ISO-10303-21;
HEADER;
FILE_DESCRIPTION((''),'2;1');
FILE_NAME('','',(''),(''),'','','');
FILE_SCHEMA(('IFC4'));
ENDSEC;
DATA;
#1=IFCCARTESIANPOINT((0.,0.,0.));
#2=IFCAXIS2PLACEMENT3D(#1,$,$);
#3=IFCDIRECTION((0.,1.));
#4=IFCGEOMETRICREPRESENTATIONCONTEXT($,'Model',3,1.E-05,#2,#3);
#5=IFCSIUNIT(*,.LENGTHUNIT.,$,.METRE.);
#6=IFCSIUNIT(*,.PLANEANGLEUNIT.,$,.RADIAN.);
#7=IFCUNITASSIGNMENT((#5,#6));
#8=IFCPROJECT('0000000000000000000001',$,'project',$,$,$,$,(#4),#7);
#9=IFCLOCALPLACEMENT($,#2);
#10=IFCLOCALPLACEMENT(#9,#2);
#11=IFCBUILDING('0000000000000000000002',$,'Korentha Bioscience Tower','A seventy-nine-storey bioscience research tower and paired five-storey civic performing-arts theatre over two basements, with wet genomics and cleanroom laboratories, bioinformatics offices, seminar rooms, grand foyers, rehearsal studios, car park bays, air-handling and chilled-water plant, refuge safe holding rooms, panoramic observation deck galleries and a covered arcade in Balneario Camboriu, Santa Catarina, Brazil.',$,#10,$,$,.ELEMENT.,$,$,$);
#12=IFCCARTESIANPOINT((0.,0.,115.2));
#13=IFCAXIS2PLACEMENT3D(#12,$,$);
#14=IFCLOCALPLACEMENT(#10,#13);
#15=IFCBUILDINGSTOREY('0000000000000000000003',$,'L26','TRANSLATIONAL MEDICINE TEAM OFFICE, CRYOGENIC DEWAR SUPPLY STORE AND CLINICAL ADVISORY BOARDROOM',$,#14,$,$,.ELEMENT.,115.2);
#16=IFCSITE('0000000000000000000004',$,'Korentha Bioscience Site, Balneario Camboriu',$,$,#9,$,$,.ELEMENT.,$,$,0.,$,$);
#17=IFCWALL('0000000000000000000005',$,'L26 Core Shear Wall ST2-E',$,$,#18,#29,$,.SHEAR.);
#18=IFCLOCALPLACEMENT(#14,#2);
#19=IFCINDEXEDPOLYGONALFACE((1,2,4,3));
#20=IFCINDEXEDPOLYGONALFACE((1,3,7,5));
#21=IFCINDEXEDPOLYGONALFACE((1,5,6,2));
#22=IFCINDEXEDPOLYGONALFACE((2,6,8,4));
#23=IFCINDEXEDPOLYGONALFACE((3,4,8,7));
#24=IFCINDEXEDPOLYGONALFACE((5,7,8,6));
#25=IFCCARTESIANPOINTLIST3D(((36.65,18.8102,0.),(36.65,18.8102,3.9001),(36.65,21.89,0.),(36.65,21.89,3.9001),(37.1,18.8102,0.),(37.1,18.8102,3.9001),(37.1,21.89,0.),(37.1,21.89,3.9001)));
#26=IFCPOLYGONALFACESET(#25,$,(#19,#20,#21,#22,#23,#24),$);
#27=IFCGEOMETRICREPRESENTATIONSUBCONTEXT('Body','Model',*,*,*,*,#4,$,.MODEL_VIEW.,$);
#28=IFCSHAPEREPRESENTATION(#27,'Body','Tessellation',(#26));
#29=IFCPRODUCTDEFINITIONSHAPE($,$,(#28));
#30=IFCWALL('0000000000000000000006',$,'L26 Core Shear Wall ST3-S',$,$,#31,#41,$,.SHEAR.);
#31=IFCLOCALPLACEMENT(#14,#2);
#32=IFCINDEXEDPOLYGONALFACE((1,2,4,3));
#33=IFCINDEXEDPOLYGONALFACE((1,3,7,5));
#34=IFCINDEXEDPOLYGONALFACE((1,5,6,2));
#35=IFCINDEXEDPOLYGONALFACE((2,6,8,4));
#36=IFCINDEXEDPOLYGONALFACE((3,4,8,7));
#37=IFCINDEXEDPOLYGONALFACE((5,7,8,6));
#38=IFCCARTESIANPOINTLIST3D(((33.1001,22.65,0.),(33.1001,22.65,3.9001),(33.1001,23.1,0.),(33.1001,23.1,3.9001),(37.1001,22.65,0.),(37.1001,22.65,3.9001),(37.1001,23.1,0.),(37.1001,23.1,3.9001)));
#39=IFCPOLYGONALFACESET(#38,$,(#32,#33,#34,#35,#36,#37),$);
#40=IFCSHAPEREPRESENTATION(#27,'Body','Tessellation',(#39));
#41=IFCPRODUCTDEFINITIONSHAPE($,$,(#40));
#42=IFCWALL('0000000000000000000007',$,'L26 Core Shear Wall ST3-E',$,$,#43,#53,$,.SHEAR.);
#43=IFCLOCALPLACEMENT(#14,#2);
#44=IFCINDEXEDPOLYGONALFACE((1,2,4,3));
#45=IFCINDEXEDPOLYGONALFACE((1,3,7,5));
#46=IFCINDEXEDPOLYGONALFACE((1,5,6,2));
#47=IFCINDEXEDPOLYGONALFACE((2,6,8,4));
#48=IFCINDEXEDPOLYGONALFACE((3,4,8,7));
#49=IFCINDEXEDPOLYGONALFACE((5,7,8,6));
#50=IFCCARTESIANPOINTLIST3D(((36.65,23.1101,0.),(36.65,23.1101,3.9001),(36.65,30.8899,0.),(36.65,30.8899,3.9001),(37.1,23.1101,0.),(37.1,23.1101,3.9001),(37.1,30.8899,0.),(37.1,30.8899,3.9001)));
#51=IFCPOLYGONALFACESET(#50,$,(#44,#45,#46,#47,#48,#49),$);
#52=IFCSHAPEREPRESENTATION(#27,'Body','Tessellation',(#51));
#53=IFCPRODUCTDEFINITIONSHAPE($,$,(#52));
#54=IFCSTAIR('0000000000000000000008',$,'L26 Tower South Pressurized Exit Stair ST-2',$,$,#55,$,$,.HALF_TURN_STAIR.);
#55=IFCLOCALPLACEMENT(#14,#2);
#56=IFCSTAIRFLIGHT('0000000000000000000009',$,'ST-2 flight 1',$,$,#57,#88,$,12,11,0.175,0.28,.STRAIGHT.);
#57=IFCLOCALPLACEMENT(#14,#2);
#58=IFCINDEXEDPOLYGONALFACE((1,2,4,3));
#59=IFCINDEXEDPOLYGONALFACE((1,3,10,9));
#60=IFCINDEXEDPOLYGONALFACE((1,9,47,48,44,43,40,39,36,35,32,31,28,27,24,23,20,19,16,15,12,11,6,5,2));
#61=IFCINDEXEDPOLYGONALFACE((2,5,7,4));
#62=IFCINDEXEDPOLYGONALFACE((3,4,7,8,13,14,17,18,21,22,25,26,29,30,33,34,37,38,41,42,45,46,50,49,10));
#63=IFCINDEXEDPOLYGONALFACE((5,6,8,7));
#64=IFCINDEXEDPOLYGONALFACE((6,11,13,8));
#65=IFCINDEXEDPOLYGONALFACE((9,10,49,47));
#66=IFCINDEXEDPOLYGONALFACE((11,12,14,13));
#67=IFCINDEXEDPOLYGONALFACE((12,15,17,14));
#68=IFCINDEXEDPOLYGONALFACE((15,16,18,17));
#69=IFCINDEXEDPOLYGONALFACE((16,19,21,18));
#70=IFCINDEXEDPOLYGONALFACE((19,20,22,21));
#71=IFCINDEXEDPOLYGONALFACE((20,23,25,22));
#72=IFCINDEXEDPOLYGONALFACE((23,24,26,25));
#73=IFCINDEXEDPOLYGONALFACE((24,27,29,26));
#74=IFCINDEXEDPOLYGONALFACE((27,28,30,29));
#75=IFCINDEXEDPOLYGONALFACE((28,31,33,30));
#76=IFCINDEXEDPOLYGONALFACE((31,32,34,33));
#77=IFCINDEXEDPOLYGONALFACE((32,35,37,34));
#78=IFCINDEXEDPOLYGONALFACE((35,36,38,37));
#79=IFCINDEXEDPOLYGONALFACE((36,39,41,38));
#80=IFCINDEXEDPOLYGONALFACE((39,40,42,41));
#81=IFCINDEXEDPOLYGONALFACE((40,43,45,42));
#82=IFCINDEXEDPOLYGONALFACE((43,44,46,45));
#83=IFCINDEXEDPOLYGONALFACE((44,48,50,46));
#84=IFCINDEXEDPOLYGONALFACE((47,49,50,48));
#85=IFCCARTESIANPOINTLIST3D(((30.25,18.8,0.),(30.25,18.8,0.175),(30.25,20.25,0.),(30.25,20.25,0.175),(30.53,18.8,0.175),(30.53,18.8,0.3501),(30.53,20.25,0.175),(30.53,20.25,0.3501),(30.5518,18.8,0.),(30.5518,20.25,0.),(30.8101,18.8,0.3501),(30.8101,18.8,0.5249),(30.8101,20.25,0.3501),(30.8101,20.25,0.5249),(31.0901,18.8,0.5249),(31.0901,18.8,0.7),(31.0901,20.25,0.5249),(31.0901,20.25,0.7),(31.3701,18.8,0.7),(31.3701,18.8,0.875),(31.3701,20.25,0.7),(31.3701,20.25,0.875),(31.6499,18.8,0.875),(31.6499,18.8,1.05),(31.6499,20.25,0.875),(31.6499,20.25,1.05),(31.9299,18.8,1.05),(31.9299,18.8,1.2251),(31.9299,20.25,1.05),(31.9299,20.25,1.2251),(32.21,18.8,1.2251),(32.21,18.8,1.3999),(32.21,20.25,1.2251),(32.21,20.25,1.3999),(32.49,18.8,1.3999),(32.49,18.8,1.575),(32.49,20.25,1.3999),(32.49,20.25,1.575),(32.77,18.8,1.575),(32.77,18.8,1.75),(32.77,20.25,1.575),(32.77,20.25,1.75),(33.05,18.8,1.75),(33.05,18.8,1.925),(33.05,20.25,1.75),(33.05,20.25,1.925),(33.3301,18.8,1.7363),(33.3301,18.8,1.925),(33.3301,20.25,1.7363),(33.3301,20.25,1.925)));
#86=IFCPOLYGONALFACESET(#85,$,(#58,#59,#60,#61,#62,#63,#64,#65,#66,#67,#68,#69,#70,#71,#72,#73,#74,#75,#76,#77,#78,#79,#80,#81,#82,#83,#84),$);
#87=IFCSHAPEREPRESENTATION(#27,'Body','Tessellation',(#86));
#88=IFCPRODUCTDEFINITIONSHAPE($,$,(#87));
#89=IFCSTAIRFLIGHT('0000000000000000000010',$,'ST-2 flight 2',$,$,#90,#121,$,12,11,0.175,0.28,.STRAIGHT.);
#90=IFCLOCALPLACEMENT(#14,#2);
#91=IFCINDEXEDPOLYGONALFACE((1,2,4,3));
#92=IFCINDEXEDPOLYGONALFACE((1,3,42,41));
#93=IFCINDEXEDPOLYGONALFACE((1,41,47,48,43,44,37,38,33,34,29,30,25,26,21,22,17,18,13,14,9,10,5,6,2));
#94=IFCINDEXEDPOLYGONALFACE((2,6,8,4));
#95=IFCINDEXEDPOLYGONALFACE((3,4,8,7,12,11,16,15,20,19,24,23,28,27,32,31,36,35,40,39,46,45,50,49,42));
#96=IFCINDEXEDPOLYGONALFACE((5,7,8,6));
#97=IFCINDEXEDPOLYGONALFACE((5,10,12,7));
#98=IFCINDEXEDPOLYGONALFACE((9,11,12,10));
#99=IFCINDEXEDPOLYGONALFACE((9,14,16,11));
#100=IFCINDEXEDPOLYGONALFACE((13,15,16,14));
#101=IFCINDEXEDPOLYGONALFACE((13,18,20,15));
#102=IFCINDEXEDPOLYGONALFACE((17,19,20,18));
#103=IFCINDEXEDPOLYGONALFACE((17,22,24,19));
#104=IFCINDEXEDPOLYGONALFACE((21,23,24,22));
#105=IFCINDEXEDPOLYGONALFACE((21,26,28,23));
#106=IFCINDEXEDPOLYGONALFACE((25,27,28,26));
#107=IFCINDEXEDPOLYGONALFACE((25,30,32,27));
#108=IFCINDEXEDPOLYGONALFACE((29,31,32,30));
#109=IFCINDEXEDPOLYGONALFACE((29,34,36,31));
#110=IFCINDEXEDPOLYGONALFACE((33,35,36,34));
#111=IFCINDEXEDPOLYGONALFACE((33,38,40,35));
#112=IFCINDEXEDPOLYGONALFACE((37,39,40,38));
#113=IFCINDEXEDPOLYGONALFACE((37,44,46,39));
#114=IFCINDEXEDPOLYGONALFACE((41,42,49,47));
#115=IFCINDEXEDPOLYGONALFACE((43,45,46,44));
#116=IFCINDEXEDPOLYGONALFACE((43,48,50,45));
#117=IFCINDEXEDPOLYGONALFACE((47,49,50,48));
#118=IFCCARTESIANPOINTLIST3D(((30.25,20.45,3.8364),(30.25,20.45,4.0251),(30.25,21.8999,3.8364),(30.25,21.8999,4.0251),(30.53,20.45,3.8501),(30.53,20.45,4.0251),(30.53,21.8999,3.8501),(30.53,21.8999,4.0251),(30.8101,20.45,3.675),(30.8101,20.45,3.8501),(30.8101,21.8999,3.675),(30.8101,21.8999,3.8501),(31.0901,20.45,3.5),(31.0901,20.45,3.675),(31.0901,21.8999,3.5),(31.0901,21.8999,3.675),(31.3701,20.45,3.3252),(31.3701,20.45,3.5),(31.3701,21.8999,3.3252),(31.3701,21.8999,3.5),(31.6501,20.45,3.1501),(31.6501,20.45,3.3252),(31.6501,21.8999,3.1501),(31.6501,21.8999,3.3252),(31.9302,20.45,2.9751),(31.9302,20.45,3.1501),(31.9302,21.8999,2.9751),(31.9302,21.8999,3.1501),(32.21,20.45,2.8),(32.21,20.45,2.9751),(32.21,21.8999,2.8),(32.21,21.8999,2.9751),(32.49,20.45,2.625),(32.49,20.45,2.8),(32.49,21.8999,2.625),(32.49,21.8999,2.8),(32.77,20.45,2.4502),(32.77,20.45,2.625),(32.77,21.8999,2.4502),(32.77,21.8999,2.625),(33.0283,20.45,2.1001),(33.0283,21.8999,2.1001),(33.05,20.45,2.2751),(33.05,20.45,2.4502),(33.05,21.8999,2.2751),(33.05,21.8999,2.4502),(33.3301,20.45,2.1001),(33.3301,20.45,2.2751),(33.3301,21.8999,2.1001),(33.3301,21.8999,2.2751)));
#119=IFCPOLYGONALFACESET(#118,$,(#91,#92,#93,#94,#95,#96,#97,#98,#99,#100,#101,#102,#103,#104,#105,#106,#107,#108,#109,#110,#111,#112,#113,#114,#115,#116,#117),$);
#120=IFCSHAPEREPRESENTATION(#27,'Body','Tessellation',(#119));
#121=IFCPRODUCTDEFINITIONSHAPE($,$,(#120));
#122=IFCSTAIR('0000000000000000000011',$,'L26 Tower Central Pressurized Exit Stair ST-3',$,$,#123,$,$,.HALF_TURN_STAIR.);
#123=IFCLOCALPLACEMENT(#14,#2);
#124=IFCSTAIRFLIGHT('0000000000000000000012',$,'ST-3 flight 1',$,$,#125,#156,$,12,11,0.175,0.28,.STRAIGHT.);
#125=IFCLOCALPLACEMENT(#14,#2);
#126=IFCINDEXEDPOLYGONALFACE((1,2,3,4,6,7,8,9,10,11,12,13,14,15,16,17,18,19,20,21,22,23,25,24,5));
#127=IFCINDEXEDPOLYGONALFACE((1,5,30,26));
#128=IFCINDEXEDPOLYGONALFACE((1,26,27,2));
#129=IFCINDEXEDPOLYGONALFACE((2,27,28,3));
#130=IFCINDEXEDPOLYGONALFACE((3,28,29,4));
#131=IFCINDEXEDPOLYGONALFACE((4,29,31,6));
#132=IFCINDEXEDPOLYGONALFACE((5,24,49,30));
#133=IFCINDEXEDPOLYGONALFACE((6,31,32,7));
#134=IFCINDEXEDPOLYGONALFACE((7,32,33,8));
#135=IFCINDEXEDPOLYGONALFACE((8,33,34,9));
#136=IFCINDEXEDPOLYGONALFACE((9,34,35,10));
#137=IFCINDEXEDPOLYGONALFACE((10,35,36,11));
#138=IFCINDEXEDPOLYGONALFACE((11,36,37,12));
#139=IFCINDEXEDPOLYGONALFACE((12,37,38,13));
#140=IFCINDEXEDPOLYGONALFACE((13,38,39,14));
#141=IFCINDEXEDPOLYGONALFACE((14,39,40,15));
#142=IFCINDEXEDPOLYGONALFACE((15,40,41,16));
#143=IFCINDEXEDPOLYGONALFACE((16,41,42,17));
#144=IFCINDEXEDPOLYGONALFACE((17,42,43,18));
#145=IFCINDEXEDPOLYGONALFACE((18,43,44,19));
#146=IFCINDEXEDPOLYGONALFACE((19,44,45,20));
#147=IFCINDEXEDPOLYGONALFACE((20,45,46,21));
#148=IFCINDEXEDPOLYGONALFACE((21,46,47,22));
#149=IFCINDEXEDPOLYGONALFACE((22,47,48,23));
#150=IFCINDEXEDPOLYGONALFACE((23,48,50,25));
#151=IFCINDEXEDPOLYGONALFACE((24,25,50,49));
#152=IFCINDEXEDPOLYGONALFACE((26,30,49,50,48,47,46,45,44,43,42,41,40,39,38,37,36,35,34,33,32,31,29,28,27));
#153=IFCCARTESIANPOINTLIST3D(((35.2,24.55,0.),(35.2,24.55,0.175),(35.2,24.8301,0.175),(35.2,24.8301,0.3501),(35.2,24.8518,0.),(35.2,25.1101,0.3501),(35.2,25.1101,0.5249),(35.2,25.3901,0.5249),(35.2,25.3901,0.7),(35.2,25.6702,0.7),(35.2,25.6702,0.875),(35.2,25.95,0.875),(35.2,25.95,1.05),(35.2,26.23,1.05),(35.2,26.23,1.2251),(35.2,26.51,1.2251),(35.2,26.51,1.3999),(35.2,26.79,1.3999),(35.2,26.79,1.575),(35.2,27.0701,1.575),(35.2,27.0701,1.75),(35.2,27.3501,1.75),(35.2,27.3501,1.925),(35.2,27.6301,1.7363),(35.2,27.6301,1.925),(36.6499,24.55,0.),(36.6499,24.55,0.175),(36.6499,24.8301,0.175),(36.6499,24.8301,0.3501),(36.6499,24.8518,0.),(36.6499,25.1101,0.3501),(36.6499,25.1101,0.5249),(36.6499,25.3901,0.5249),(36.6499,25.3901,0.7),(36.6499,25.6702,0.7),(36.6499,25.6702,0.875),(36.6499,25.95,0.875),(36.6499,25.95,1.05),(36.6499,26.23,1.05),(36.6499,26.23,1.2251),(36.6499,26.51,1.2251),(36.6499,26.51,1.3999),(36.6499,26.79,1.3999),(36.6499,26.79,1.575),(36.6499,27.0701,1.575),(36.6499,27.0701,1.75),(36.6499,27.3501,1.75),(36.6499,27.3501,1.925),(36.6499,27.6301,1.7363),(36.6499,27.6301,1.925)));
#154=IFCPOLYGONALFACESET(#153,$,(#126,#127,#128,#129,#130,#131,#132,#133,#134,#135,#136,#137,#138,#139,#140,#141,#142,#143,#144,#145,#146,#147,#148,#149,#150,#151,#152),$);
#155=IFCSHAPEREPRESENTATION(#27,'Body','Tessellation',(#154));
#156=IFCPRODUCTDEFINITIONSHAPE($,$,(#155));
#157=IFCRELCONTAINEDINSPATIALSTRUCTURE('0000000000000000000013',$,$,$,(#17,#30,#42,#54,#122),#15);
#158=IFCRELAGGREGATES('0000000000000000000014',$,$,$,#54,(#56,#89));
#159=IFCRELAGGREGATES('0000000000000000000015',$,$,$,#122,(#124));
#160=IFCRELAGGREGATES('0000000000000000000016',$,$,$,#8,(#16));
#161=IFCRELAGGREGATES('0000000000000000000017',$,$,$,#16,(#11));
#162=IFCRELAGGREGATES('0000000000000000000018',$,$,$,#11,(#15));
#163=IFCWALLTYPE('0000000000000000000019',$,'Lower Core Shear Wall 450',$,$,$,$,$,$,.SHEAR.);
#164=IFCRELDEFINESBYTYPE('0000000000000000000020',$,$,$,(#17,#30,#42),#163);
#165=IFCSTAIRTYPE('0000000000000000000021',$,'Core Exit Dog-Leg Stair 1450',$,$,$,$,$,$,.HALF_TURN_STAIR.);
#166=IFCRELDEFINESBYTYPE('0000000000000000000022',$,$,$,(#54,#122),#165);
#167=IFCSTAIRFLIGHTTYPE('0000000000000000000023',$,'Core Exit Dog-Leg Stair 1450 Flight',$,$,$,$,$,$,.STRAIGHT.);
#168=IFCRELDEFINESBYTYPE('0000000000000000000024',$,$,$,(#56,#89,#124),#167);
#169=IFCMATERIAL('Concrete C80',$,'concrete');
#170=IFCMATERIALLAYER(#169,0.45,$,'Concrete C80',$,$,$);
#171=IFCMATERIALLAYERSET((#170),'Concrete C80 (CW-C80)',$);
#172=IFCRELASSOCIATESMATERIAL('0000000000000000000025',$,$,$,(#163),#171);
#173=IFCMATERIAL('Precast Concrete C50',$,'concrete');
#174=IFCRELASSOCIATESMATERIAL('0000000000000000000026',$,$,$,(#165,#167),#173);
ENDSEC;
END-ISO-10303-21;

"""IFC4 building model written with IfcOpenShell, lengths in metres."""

from ifc_helpers import new_model, si_unit, direction, frame, frame_2d, origin, place, context, subcontext, project, spatial, polyline, rectangle, outline, extrude, material, layer, layer_set, type_object, element, aggregate, save


model = new_model("IFC4")

# Units and contexts
model_context = context("Model", 3, precision=1e-05, world=origin(), true_north=direction((0.0, 1.0)))
body_context = subcontext(model_context, "Body", "Model", "MODEL_VIEW")
ifc_project = project(units=[si_unit("LENGTHUNIT", "METRE"), si_unit("PLANEANGLEUNIT", "RADIAN")], contexts=[model_context])

# Site, building, storey
site_placement = place(None, origin())
site = spatial("IfcSite", under=ifc_project, at=site_placement, Name="Korentha Bioscience Site, Balneario Camboriu", CompositionType="ELEMENT", RefElevation=0.0)
building_placement = place(site_placement, origin())
building = spatial("IfcBuilding", under=site, at=building_placement, Name="Korentha Bioscience Tower", Description="A seventy-nine-storey bioscience research tower and paired five-storey civic performing-arts theatre over two basements, with wet genomics and cleanroom laboratories, bioinformatics offices, seminar rooms, grand foyers, rehearsal studios, car park bays, air-handling and chilled-water plant, refuge safe holding rooms, panoramic observation deck galleries and a covered arcade in Balneario Camboriu, Santa Catarina, Brazil.", CompositionType="ELEMENT")
storey_placement = place(building_placement, frame((0.0, 0.0, 115.2)))
storey = spatial("IfcBuildingStorey", under=building, at=storey_placement, Name="L26", Description="TRANSLATIONAL MEDICINE TEAM OFFICE, CRYOGENIC DEWAR SUPPLY STORE AND CLINICAL ADVISORY BOARDROOM", CompositionType="ELEMENT", Elevation=115.2)

# Walls
ifc_material_1 = material(Name="Concrete C80", Category="concrete")
ifc_layer_1 = layer(ifc_material_1, 0.45, Name="Concrete C80")
ifc_layer_set_1 = layer_set([ifc_layer_1], Name="Concrete C80 (CW-C80)")
wall_type_1 = type_object("IfcWallType", Name="Lower Core Shear Wall 450", PredefinedType="SHEAR", material=ifc_layer_set_1)
wall_1_placement = place(storey_placement, frame((36.875, 18.8101, 0.0), z_axis=(0.0, 0.0, 1.0), x_axis=(0.0, 1.0, 0.0)))
element("IfcWall", 1, at=wall_1_placement, inside=storey, type_object=wall_type_1, Name="L26 Core Shear Wall ST2-E", PredefinedType="SHEAR", context=body_context, shape_type="SweptSolid", body=[
    extrude(rectangle(XDim=3.0798, YDim=0.45, at=frame_2d((1.54, 0.0))), origin(), (0.0, 0.0, 1.0), 3.9001),
])
wall_2_placement = place(storey_placement, frame((33.1001, 22.875, 0.0), z_axis=(0.0, 0.0, 1.0), x_axis=(1.0, 0.0, 0.0)))
element("IfcWall", 2, at=wall_2_placement, inside=storey, type_object=wall_type_1, Name="L26 Core Shear Wall ST3-S", PredefinedType="SHEAR", context=body_context, shape_type="SweptSolid", body=[
    extrude(rectangle(XDim=4.0, YDim=0.45, at=frame_2d((2.0, 0.0))), origin(), (0.0, 0.0, 1.0), 3.9001),
])
wall_3_placement = place(storey_placement, frame((36.875, 23.1101, 0.0), z_axis=(0.0, 0.0, 1.0), x_axis=(0.0, 1.0, 0.0)))
element("IfcWall", 3, at=wall_3_placement, inside=storey, type_object=wall_type_1, Name="L26 Core Shear Wall ST3-E", PredefinedType="SHEAR", context=body_context, shape_type="SweptSolid", body=[
    extrude(rectangle(XDim=7.7798, YDim=0.45, at=frame_2d((3.8899, 0.0))), origin(), (0.0, 0.0, 1.0), 3.9001),
])

# Stair, stair flights
ifc_material_2 = material(Name="Precast Concrete C50", Category="concrete")
stair_type = type_object("IfcStairType", Name="Core Exit Dog-Leg Stair 1450", PredefinedType="HALF_TURN_STAIR", material=ifc_material_2)
stair_1_placement = place(storey_placement, origin())
stair_1 = element("IfcStair", 4, at=stair_1_placement, inside=storey, type_object=stair_type, Name="L26 Tower South Pressurized Exit Stair ST-2", PredefinedType="HALF_TURN_STAIR")
stair_flight_type = type_object("IfcStairFlightType", Name="Core Exit Dog-Leg Stair 1450 Flight", PredefinedType="STRAIGHT", material=ifc_material_2)
stair_flight_1_placement = place(storey_placement, frame((30.25, 19.5249, 0.0), z_axis=(0.0, 0.0, 1.0), x_axis=(1.0, 0.0, 0.0)))
stair_flight_1 = element("IfcStairFlight", 5, at=stair_flight_1_placement, type_object=stair_flight_type, Name="ST-2 flight 1", NumberOfRisers=12, NumberOfTreads=11, PredefinedType="STRAIGHT", RiserHeight=0.175, TreadLength=0.28, context=body_context, shape_type="SweptSolid", body=[
    extrude(outline(polyline([(0.0, 0.0), (0.0, 0.175), (0.28, 0.175), (0.28, 0.3501), (0.5601, 0.3501), (0.5601, 0.5249), (0.8401, 0.5249), (0.8401, 0.7), (1.1201, 0.7), (1.1201, 0.875), (1.3999, 0.875), (1.3999, 1.05), (1.6799, 1.05), (1.6799, 1.2251), (1.96, 1.2251), (1.96, 1.3999), (2.24, 1.3999), (2.24, 1.575), (2.52, 1.575), (2.52, 1.75), (2.8, 1.75), (2.8, 1.925), (3.0801, 1.925), (3.0801, 2.1001), (3.0801, 1.7363), (0.3018, 0.0), (0.0, 0.0)])), frame((0.0, 0.7251, 0.0), z_axis=(0.0, -1.0, 0.0), x_axis=(1.0, 0.0, 0.0)), (0.0, 0.0, 1.0), 1.45),
])
stair_flight_2_placement = place(storey_placement, frame((33.3301, 21.175, 2.1001), z_axis=(0.0, 0.0, 1.0), x_axis=(-1.0, 0.0, 0.0)))
stair_flight_2 = element("IfcStairFlight", 6, at=stair_flight_2_placement, type_object=stair_flight_type, Name="ST-2 flight 2", NumberOfRisers=12, NumberOfTreads=11, PredefinedType="STRAIGHT", RiserHeight=0.175, TreadLength=0.28, context=body_context, shape_type="SweptSolid", body=[
    extrude(outline(polyline([(0.0, 0.0), (0.0, 0.175), (0.28, 0.175), (0.28, 0.3501), (0.5601, 0.3501), (0.5601, 0.5249), (0.8401, 0.5249), (0.8401, 0.7), (1.1201, 0.7), (1.1201, 0.875), (1.3999, 0.875), (1.3999, 1.05), (1.6799, 1.05), (1.6799, 1.2251), (1.96, 1.2251), (1.96, 1.3999), (2.24, 1.3999), (2.24, 1.575), (2.52, 1.575), (2.52, 1.75), (2.8, 1.75), (2.8, 1.925), (3.0801, 1.925), (3.0801, 2.1001), (3.0801, 1.7363), (0.3018, 0.0), (0.0, 0.0)])), frame((0.0, 0.7251, 0.0), z_axis=(0.0, -1.0, 0.0), x_axis=(1.0, 0.0, 0.0)), (0.0, 0.0, 1.0), 1.45),
])
aggregate(stair_1, [stair_flight_1, stair_flight_2])

# Stair, stair flight
stair_2_placement = place(storey_placement, origin())
stair_2 = element("IfcStair", 7, at=stair_2_placement, inside=storey, type_object=stair_type, Name="L26 Tower Central Pressurized Exit Stair ST-3", PredefinedType="HALF_TURN_STAIR")
stair_flight_3_placement = place(storey_placement, frame((35.925, 24.55, 0.0), z_axis=(0.0, 0.0, 1.0), x_axis=(0.0, 1.0, 0.0)))
stair_flight_3 = element("IfcStairFlight", 8, at=stair_flight_3_placement, type_object=stair_flight_type, Name="ST-3 flight 1", NumberOfRisers=12, NumberOfTreads=11, PredefinedType="STRAIGHT", RiserHeight=0.175, TreadLength=0.28, context=body_context, shape_type="SweptSolid", body=[
    extrude(outline(polyline([(0.0, 0.0), (0.0, 0.175), (0.28, 0.175), (0.28, 0.3501), (0.5601, 0.3501), (0.5601, 0.5249), (0.8401, 0.5249), (0.8401, 0.7), (1.1201, 0.7), (1.1201, 0.875), (1.3999, 0.875), (1.3999, 1.05), (1.6799, 1.05), (1.6799, 1.2251), (1.96, 1.2251), (1.96, 1.3999), (2.24, 1.3999), (2.24, 1.575), (2.52, 1.575), (2.52, 1.75), (2.8, 1.75), (2.8, 1.925), (3.0801, 1.925), (3.0801, 2.1001), (3.0801, 1.7363), (0.3018, 0.0), (0.0, 0.0)])), frame((0.0, 0.7251, 0.0), z_axis=(0.0, -1.0, 0.0), x_axis=(1.0, 0.0, 0.0)), (0.0, 0.0, 1.0), 1.45),
])
aggregate(stair_2, [stair_flight_3])

save(model, "model.ifc")
